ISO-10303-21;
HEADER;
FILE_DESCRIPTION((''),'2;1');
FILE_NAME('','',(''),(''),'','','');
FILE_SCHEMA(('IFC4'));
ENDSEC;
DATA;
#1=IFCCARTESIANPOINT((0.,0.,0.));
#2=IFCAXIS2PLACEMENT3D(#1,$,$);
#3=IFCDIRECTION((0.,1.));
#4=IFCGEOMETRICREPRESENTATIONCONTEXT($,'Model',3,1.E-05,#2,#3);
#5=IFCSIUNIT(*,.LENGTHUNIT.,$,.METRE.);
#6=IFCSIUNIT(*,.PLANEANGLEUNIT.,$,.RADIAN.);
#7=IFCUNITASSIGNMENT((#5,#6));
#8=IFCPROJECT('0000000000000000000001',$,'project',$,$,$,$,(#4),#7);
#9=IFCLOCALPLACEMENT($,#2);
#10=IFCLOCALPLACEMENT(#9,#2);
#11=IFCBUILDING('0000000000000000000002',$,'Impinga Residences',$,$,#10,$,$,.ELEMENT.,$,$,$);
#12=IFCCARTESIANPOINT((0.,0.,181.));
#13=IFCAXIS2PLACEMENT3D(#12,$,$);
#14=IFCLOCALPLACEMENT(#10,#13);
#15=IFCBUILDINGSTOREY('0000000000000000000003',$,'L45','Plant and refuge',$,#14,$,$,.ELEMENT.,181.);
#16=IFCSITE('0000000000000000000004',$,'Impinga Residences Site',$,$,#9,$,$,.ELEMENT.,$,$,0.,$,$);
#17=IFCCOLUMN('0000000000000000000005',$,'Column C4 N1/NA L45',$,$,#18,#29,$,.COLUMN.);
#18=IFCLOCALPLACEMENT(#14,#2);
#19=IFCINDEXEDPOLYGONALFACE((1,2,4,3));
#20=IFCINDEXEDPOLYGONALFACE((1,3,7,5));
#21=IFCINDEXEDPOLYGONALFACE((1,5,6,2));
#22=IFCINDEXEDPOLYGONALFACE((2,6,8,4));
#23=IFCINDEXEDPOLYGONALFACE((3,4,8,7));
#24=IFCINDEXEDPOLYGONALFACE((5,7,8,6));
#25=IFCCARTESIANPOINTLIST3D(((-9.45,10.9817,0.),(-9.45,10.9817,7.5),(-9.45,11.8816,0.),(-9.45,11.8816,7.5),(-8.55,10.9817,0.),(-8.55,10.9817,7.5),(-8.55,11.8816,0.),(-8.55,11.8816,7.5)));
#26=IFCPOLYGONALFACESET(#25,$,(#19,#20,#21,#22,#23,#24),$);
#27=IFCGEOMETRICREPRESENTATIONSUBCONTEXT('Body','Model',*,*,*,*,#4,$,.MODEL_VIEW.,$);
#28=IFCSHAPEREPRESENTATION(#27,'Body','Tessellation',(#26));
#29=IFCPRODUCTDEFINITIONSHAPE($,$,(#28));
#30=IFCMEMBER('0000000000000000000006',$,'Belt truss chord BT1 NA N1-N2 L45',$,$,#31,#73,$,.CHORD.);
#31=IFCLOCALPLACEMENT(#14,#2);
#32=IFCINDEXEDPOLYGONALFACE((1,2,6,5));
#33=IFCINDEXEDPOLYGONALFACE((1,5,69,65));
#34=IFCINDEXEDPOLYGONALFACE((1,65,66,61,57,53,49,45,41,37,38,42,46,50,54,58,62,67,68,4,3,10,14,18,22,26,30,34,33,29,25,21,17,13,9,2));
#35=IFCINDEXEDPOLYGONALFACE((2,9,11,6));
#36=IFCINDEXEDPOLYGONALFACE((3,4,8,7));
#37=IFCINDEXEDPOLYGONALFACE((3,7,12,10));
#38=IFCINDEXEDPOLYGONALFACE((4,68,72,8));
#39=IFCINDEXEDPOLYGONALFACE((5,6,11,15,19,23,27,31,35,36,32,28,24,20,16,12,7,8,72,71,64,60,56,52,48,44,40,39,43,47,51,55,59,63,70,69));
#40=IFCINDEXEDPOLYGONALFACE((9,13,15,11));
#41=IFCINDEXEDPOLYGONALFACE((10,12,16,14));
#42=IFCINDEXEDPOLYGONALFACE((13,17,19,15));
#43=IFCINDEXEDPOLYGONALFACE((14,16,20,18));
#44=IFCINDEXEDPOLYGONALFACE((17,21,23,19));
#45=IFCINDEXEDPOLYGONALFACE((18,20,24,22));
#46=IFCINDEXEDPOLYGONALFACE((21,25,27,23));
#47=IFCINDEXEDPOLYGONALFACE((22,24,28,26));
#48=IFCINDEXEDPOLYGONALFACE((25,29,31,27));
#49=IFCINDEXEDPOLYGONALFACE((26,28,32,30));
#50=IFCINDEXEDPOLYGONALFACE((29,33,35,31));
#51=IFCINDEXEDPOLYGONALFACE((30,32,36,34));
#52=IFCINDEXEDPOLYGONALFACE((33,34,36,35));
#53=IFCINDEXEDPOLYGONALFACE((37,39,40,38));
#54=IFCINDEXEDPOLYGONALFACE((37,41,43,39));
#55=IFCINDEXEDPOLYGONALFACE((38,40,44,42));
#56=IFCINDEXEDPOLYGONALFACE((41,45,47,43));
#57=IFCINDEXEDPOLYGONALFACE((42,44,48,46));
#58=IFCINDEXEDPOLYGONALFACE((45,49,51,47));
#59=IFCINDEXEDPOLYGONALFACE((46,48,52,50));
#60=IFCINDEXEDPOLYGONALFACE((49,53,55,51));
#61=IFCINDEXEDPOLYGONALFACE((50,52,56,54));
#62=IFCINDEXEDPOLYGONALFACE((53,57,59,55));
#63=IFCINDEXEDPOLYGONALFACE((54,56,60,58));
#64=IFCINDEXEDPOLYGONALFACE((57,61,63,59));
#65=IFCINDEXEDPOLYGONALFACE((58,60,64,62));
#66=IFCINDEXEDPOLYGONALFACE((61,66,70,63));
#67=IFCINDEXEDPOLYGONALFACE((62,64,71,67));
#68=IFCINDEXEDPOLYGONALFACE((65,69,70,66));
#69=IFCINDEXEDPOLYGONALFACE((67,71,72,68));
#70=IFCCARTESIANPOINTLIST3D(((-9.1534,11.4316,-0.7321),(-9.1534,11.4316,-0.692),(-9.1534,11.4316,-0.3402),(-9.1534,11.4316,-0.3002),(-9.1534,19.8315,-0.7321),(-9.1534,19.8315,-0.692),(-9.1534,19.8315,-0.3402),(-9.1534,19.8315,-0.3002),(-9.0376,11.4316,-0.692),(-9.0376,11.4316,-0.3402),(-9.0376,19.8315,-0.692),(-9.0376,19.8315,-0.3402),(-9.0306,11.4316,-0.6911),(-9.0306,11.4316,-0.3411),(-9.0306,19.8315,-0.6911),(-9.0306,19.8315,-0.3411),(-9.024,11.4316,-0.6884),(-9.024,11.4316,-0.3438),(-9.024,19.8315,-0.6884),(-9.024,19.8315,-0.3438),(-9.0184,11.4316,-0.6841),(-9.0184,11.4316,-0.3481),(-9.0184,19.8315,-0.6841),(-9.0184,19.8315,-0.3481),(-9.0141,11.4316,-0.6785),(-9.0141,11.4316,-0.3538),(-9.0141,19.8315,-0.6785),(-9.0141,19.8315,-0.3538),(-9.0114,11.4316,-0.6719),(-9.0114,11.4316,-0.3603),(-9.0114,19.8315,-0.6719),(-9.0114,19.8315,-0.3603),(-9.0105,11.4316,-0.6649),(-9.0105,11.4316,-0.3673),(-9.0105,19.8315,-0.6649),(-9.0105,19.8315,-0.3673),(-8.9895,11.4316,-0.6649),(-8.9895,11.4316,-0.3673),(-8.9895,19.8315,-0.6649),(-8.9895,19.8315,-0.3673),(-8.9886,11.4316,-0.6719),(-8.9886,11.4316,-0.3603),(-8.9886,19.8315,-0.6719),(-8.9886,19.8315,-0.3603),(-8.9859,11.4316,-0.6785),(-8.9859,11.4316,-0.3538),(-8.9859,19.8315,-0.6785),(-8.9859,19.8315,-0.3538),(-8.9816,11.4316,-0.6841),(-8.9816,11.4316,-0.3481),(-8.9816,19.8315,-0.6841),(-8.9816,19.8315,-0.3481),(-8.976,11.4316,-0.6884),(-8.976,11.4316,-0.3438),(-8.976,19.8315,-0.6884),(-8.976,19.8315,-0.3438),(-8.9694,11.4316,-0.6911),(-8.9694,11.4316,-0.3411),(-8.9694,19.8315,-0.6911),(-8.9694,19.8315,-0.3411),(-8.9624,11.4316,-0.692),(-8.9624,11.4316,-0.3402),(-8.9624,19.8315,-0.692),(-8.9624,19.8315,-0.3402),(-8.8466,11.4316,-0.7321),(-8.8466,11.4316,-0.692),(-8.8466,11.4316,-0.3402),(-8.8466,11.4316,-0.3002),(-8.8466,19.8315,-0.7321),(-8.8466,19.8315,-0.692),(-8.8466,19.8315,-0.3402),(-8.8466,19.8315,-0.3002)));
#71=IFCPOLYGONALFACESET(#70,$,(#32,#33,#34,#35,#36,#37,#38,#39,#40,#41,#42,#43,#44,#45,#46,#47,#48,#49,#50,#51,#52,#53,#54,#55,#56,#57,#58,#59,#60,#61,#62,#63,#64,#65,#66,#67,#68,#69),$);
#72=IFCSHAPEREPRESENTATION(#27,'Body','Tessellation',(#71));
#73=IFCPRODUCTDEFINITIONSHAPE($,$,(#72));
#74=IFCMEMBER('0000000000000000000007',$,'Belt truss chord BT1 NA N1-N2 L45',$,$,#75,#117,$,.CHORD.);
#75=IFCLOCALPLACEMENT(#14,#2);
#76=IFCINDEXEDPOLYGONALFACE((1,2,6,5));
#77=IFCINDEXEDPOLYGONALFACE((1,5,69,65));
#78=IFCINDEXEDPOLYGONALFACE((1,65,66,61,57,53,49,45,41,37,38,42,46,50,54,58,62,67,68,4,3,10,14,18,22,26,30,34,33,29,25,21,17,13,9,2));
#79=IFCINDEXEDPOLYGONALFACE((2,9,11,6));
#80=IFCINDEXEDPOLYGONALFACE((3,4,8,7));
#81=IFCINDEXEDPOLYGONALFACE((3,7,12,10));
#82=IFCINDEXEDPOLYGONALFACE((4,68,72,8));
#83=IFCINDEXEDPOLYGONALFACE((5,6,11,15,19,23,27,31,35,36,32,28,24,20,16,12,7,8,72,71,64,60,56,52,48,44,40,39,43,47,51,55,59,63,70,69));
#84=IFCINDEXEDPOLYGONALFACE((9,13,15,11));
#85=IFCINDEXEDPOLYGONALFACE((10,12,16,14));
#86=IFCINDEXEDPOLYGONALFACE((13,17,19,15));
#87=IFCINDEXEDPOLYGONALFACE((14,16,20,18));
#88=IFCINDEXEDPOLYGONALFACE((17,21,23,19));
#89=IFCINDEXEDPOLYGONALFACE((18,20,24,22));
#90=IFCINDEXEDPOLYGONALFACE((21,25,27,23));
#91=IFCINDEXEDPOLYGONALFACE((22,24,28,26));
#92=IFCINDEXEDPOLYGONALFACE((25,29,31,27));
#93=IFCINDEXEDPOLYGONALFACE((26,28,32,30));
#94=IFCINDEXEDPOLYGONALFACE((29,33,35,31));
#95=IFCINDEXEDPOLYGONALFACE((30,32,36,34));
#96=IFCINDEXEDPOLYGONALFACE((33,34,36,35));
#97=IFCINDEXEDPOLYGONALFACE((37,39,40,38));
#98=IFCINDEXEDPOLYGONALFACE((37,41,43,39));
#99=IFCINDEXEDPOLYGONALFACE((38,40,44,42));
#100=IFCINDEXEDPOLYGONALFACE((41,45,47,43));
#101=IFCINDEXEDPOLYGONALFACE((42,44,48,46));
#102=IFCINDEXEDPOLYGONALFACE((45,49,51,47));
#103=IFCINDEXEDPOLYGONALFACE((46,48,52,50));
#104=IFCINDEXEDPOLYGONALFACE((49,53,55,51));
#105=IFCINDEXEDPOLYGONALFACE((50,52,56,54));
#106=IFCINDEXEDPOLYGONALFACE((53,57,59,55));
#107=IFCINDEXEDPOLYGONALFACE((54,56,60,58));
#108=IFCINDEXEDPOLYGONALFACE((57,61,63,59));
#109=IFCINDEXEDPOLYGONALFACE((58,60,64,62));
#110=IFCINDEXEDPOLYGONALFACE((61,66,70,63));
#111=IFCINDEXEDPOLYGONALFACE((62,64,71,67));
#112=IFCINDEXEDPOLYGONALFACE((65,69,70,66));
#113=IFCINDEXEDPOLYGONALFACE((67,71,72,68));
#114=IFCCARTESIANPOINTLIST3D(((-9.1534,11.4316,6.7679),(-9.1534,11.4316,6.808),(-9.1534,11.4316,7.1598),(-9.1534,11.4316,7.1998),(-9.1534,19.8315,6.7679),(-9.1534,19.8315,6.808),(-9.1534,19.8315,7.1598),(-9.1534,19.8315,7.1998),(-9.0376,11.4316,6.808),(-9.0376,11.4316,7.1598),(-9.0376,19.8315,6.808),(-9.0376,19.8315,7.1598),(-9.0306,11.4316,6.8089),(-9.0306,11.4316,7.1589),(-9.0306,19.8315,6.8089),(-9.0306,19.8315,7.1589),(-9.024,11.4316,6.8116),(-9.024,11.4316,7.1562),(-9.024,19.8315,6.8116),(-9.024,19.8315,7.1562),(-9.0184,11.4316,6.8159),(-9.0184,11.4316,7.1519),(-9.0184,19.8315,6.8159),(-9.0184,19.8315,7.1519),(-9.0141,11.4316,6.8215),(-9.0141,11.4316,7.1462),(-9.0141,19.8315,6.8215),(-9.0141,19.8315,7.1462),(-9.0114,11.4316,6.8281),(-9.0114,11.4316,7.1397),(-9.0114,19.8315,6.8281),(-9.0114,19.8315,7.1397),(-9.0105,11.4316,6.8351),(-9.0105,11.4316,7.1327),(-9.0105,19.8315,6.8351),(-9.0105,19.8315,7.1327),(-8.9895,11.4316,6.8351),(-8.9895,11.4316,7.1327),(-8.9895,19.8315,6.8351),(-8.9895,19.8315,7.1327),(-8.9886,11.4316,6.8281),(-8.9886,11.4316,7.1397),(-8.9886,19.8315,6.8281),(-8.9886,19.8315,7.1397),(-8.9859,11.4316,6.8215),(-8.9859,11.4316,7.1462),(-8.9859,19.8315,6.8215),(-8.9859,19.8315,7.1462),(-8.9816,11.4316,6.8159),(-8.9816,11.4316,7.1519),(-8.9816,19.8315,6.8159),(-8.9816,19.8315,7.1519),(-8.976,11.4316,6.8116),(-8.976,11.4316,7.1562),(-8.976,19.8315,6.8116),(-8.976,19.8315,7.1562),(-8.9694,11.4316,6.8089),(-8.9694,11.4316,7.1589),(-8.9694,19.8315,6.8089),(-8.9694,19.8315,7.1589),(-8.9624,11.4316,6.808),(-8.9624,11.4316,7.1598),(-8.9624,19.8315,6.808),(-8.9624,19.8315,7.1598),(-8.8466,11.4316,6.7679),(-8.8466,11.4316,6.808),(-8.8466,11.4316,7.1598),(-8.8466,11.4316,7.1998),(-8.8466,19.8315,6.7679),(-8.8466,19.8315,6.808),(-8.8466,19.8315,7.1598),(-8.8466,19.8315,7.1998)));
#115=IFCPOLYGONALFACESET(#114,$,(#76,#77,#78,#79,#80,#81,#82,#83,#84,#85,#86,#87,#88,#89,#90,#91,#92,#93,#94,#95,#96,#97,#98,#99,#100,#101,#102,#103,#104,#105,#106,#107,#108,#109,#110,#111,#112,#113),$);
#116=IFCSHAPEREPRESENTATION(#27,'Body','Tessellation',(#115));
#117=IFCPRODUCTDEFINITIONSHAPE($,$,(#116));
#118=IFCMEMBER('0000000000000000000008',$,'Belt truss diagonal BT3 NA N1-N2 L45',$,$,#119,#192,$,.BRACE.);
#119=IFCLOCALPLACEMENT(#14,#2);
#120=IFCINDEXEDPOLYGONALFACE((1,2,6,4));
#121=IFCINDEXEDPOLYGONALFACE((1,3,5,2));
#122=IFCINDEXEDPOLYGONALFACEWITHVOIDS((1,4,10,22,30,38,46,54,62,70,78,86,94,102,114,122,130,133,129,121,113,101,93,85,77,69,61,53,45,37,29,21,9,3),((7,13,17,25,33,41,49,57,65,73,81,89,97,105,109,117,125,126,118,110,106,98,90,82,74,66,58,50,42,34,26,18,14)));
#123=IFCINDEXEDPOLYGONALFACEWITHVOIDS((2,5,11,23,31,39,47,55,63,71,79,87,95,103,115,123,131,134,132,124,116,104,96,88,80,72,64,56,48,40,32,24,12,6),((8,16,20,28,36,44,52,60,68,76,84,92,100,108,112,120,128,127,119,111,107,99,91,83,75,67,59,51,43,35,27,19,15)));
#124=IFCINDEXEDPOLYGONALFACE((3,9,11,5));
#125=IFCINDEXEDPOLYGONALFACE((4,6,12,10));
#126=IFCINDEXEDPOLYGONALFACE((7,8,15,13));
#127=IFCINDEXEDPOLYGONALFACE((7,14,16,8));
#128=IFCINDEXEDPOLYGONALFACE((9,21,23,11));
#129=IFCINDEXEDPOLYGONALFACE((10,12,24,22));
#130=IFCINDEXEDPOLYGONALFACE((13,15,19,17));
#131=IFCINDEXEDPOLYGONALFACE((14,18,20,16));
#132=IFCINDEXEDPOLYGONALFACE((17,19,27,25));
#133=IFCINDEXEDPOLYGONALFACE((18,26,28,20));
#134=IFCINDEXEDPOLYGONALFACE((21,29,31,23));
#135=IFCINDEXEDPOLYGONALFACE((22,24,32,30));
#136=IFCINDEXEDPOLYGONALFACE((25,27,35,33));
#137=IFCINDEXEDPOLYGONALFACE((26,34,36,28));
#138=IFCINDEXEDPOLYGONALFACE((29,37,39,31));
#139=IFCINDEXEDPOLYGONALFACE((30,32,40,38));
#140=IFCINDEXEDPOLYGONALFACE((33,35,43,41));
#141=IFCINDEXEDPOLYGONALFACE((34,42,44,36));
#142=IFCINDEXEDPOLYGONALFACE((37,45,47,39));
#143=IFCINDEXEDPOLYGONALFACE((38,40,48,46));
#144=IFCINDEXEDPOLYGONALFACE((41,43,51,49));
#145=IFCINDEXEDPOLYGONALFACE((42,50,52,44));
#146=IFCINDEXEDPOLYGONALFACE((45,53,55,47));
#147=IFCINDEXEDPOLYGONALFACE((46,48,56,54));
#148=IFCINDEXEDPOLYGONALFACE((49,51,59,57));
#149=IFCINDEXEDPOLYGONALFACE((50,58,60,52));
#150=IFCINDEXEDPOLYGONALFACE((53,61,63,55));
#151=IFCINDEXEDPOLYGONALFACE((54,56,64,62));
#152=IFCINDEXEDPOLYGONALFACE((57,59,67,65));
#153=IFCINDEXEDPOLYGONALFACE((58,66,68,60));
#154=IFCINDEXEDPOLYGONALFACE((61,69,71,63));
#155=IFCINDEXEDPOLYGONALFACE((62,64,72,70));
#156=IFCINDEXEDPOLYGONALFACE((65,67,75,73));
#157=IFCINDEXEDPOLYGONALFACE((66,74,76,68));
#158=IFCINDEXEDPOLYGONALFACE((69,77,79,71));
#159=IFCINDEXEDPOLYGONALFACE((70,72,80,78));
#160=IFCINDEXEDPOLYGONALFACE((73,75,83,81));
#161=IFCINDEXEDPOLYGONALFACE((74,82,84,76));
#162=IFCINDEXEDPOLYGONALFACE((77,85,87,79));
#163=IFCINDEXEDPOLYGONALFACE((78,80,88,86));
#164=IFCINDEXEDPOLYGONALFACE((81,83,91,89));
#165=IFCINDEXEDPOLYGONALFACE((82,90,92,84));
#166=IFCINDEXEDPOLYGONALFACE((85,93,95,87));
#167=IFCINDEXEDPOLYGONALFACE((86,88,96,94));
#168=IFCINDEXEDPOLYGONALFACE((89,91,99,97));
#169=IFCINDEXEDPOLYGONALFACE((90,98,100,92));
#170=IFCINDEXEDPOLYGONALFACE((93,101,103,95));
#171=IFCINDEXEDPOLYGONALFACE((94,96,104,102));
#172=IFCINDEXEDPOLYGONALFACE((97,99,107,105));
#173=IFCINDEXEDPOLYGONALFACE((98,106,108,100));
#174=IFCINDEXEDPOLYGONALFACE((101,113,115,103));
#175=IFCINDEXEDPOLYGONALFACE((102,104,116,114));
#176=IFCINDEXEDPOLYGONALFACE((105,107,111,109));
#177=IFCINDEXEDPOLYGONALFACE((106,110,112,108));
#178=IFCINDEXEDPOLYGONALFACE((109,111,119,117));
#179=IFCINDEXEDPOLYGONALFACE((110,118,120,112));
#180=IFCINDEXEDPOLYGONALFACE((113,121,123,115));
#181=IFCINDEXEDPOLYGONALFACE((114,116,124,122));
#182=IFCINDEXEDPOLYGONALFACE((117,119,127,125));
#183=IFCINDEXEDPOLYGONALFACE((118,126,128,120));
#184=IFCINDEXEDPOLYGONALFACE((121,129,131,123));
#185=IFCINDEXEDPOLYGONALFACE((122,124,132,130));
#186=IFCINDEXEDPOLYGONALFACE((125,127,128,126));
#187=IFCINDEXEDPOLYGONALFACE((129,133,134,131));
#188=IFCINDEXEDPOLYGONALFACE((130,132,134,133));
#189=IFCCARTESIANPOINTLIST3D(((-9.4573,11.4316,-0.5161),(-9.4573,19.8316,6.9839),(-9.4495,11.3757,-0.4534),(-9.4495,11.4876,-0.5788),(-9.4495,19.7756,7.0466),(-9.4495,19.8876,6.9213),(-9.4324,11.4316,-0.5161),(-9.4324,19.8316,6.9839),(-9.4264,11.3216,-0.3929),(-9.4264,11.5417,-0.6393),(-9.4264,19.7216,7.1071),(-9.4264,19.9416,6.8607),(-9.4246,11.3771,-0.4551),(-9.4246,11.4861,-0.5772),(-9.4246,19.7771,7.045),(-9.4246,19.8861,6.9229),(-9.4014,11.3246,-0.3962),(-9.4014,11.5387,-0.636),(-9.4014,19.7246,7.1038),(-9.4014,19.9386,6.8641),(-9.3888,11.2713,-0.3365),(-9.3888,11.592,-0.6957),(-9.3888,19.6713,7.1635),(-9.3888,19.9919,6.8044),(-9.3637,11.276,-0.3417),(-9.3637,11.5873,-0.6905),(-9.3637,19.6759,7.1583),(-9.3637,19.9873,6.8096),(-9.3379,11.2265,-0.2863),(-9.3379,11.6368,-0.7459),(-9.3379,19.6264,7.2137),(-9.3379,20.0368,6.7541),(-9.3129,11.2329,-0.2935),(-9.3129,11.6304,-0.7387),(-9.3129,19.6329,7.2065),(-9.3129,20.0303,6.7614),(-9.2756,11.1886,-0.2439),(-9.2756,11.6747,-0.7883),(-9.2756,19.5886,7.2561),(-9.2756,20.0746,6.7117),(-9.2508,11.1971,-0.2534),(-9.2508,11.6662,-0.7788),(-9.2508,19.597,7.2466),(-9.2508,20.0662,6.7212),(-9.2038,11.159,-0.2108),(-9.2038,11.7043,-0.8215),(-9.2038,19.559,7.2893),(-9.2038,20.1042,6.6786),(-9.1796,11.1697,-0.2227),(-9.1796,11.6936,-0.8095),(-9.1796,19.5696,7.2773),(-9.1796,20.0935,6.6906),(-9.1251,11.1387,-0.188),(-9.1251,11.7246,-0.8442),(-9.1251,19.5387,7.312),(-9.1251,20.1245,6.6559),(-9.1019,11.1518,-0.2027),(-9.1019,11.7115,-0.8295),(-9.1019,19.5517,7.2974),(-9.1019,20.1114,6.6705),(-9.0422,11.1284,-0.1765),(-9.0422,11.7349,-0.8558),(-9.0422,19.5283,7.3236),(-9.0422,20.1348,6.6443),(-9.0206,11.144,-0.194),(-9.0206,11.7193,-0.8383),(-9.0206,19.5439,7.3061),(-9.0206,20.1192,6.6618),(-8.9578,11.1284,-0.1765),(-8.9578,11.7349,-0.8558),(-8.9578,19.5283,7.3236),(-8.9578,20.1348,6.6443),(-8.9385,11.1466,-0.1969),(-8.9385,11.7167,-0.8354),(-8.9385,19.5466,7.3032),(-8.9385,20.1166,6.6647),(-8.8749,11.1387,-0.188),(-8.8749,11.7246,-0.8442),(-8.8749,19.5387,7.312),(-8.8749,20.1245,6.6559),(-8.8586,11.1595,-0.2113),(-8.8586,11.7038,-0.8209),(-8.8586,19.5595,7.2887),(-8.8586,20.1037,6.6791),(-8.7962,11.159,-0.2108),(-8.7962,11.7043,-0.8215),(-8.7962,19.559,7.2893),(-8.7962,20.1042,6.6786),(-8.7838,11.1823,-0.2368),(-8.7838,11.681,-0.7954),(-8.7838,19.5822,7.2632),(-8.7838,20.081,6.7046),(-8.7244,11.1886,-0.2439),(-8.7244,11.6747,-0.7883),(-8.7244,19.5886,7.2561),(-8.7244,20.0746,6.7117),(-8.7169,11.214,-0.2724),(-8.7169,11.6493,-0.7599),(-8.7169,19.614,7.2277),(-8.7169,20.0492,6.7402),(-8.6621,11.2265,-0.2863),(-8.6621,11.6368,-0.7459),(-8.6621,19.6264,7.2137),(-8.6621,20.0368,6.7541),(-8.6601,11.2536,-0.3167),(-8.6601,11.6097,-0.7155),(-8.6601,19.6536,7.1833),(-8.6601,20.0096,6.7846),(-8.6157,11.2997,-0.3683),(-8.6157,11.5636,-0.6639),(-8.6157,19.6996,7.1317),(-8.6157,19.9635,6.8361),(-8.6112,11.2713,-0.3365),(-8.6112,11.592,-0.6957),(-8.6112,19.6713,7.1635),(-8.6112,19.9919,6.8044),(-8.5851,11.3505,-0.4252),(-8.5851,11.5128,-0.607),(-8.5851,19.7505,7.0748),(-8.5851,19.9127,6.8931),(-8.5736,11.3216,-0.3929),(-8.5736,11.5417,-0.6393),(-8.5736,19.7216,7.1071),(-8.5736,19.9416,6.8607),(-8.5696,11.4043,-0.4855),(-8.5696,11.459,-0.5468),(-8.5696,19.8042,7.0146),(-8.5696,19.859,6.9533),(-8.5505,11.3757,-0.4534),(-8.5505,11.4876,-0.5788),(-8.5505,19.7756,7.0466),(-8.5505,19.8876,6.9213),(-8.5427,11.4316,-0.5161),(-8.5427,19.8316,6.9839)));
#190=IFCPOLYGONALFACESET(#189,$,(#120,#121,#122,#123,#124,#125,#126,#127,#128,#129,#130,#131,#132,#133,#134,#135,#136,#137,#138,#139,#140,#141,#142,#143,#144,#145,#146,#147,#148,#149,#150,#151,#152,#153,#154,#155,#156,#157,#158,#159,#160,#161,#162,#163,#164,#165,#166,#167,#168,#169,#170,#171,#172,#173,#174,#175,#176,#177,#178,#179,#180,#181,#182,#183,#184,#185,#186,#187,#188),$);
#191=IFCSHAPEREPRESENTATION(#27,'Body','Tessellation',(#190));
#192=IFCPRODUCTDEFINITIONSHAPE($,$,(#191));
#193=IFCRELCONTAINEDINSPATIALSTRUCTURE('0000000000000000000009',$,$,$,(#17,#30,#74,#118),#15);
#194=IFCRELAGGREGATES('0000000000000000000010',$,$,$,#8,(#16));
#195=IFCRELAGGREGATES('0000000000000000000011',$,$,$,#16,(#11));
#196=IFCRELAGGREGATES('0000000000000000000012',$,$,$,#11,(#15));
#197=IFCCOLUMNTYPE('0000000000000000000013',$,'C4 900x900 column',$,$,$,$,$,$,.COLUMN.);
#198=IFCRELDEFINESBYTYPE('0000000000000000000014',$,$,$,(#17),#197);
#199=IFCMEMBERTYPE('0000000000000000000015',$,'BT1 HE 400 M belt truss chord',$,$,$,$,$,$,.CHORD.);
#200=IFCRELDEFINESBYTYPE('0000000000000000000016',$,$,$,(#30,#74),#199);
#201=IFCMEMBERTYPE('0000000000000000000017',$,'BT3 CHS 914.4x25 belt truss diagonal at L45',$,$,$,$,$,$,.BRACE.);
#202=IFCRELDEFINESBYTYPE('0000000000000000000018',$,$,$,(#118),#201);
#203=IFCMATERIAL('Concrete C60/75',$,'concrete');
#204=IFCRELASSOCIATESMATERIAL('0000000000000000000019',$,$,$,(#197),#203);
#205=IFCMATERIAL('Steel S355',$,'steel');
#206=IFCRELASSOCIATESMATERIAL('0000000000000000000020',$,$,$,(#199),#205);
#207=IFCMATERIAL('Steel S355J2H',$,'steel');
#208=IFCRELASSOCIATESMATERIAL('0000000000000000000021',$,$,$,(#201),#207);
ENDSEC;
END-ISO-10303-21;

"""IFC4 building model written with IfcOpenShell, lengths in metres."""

from ifc_helpers import new_model, si_unit, direction, frame, origin, origin_2d, place, context, subcontext, project, spatial, rectangle, hollow_circle, i_section, extrude, material, material_profile, profile_set, type_object, element, save


model = new_model("IFC4")

# Units and contexts
model_context = context("Model", 3, precision=1e-05, world=origin(), true_north=direction((0.0, 1.0)))
body_context = subcontext(model_context, "Body", "Model", "MODEL_VIEW")
ifc_project = project(units=[si_unit("LENGTHUNIT", "METRE"), si_unit("PLANEANGLEUNIT", "RADIAN")], contexts=[model_context])

# Site, building, storey
site_placement = place(None, origin())
site = spatial("IfcSite", under=ifc_project, at=site_placement, Name="Impinga Residences Site", CompositionType="ELEMENT", RefElevation=0.0)
building_placement = place(site_placement, origin())
building = spatial("IfcBuilding", under=site, at=building_placement, Name="Impinga Residences", CompositionType="ELEMENT")
storey_placement = place(building_placement, frame((0.0, 0.0, 181.0)))
storey = spatial("IfcBuildingStorey", under=building, at=storey_placement, Name="L45", Description="Plant and refuge", CompositionType="ELEMENT", Elevation=181.0)

# Column
ifc_material_1 = material(Name="Concrete C60/75", Category="concrete")
ifc_material_profile_1 = material_profile(ifc_material_1, rectangle(XDim=0.8999, YDim=0.8999, at=origin_2d()), Name="RC 900x900")
ifc_profile_set_1 = profile_set([ifc_material_profile_1], Name="Concrete C60/75")
column_type = type_object("IfcColumnType", Name="C4 900x900 column", PredefinedType="COLUMN", material=ifc_profile_set_1)
column_placement = place(storey_placement, frame((-9.0, 11.4316, 0.0), z_axis=(0.0, 0.0, 1.0), x_axis=(1.0, 0.0, 0.0)))
element("IfcColumn", 1, at=column_placement, inside=storey, type_object=column_type, Name="Column C4 N1/NA L45", PredefinedType="COLUMN", context=body_context, shape_type="SweptSolid", body=[
    extrude(rectangle(XDim=0.8999, YDim=0.8999, at=origin_2d()), origin(), (0.0, 0.0, 1.0), 7.5),
])

# Members
ifc_material_2 = material(Name="Steel S355", Category="steel")
ifc_material_profile_2 = material_profile(ifc_material_2, i_section(OverallWidth=0.3069, OverallDepth=0.4319, WebThickness=0.021, FlangeThickness=0.04, FilletRadius=0.0271, at=origin_2d()), Name="HE 400 M")
ifc_profile_set_2 = profile_set([ifc_material_profile_2], Name="Steel S355")
member_type_1 = type_object("IfcMemberType", Name="BT1 HE 400 M belt truss chord", PredefinedType="CHORD", material=ifc_profile_set_2)
for number, where, z_axis, x_axis, name in (
    (2, (-9.0, 11.4316, -0.5161), (0.0, 1.0, 0.0), (-1.0, 0.0, 0.0), "Belt truss chord BT1 NA N1-N2 L45"),
    (3, (-9.0, 11.4316, 6.9839), (0.0, 1.0, 0.0), (-1.0, 0.0, 0.0), "Belt truss chord BT1 NA N1-N2 L45"),
):
    element("IfcMember", number, at=place(storey_placement, frame(where, z_axis=z_axis, x_axis=x_axis)), inside=storey, type_object=member_type_1, Name=name, PredefinedType="CHORD", context=body_context, shape_type="SweptSolid", body=[
        extrude(i_section(OverallWidth=0.3069, OverallDepth=0.4319, WebThickness=0.021, FlangeThickness=0.04, FilletRadius=0.0271, at=origin_2d()), origin(), (0.0, 0.0, 1.0), 8.3999),
    ])
ifc_material_3 = material(Name="Steel S355J2H", Category="steel")
ifc_material_profile_3 = material_profile(ifc_material_3, hollow_circle(Radius=0.4573, WallThickness=0.0249, at=origin_2d()), Name="CHS 914.4x25")
ifc_profile_set_3 = profile_set([ifc_material_profile_3], Name="Steel S355J2H")
member_type_2 = type_object("IfcMemberType", Name="BT3 CHS 914.4x25 belt truss diagonal at L45", PredefinedType="BRACE", material=ifc_profile_set_3)
for number, where, z_axis, x_axis, name in (
    (4, (-9.0, 11.4316, -0.5161), (0.0, 0.745934, 0.66602), (-1.0, 0.0, 0.0), "Belt truss diagonal BT3 NA N1-N2 L45"),
):
    element("IfcMember", number, at=place(storey_placement, frame(where, z_axis=z_axis, x_axis=x_axis)), inside=storey, type_object=member_type_2, Name=name, PredefinedType="BRACE", context=body_context, shape_type="SweptSolid", body=[
        extrude(hollow_circle(Radius=0.4573, WallThickness=0.0249, at=origin_2d()), origin(), (0.0, 0.0, 1.0), 11.261),
    ])

save(model, "model.ifc")
